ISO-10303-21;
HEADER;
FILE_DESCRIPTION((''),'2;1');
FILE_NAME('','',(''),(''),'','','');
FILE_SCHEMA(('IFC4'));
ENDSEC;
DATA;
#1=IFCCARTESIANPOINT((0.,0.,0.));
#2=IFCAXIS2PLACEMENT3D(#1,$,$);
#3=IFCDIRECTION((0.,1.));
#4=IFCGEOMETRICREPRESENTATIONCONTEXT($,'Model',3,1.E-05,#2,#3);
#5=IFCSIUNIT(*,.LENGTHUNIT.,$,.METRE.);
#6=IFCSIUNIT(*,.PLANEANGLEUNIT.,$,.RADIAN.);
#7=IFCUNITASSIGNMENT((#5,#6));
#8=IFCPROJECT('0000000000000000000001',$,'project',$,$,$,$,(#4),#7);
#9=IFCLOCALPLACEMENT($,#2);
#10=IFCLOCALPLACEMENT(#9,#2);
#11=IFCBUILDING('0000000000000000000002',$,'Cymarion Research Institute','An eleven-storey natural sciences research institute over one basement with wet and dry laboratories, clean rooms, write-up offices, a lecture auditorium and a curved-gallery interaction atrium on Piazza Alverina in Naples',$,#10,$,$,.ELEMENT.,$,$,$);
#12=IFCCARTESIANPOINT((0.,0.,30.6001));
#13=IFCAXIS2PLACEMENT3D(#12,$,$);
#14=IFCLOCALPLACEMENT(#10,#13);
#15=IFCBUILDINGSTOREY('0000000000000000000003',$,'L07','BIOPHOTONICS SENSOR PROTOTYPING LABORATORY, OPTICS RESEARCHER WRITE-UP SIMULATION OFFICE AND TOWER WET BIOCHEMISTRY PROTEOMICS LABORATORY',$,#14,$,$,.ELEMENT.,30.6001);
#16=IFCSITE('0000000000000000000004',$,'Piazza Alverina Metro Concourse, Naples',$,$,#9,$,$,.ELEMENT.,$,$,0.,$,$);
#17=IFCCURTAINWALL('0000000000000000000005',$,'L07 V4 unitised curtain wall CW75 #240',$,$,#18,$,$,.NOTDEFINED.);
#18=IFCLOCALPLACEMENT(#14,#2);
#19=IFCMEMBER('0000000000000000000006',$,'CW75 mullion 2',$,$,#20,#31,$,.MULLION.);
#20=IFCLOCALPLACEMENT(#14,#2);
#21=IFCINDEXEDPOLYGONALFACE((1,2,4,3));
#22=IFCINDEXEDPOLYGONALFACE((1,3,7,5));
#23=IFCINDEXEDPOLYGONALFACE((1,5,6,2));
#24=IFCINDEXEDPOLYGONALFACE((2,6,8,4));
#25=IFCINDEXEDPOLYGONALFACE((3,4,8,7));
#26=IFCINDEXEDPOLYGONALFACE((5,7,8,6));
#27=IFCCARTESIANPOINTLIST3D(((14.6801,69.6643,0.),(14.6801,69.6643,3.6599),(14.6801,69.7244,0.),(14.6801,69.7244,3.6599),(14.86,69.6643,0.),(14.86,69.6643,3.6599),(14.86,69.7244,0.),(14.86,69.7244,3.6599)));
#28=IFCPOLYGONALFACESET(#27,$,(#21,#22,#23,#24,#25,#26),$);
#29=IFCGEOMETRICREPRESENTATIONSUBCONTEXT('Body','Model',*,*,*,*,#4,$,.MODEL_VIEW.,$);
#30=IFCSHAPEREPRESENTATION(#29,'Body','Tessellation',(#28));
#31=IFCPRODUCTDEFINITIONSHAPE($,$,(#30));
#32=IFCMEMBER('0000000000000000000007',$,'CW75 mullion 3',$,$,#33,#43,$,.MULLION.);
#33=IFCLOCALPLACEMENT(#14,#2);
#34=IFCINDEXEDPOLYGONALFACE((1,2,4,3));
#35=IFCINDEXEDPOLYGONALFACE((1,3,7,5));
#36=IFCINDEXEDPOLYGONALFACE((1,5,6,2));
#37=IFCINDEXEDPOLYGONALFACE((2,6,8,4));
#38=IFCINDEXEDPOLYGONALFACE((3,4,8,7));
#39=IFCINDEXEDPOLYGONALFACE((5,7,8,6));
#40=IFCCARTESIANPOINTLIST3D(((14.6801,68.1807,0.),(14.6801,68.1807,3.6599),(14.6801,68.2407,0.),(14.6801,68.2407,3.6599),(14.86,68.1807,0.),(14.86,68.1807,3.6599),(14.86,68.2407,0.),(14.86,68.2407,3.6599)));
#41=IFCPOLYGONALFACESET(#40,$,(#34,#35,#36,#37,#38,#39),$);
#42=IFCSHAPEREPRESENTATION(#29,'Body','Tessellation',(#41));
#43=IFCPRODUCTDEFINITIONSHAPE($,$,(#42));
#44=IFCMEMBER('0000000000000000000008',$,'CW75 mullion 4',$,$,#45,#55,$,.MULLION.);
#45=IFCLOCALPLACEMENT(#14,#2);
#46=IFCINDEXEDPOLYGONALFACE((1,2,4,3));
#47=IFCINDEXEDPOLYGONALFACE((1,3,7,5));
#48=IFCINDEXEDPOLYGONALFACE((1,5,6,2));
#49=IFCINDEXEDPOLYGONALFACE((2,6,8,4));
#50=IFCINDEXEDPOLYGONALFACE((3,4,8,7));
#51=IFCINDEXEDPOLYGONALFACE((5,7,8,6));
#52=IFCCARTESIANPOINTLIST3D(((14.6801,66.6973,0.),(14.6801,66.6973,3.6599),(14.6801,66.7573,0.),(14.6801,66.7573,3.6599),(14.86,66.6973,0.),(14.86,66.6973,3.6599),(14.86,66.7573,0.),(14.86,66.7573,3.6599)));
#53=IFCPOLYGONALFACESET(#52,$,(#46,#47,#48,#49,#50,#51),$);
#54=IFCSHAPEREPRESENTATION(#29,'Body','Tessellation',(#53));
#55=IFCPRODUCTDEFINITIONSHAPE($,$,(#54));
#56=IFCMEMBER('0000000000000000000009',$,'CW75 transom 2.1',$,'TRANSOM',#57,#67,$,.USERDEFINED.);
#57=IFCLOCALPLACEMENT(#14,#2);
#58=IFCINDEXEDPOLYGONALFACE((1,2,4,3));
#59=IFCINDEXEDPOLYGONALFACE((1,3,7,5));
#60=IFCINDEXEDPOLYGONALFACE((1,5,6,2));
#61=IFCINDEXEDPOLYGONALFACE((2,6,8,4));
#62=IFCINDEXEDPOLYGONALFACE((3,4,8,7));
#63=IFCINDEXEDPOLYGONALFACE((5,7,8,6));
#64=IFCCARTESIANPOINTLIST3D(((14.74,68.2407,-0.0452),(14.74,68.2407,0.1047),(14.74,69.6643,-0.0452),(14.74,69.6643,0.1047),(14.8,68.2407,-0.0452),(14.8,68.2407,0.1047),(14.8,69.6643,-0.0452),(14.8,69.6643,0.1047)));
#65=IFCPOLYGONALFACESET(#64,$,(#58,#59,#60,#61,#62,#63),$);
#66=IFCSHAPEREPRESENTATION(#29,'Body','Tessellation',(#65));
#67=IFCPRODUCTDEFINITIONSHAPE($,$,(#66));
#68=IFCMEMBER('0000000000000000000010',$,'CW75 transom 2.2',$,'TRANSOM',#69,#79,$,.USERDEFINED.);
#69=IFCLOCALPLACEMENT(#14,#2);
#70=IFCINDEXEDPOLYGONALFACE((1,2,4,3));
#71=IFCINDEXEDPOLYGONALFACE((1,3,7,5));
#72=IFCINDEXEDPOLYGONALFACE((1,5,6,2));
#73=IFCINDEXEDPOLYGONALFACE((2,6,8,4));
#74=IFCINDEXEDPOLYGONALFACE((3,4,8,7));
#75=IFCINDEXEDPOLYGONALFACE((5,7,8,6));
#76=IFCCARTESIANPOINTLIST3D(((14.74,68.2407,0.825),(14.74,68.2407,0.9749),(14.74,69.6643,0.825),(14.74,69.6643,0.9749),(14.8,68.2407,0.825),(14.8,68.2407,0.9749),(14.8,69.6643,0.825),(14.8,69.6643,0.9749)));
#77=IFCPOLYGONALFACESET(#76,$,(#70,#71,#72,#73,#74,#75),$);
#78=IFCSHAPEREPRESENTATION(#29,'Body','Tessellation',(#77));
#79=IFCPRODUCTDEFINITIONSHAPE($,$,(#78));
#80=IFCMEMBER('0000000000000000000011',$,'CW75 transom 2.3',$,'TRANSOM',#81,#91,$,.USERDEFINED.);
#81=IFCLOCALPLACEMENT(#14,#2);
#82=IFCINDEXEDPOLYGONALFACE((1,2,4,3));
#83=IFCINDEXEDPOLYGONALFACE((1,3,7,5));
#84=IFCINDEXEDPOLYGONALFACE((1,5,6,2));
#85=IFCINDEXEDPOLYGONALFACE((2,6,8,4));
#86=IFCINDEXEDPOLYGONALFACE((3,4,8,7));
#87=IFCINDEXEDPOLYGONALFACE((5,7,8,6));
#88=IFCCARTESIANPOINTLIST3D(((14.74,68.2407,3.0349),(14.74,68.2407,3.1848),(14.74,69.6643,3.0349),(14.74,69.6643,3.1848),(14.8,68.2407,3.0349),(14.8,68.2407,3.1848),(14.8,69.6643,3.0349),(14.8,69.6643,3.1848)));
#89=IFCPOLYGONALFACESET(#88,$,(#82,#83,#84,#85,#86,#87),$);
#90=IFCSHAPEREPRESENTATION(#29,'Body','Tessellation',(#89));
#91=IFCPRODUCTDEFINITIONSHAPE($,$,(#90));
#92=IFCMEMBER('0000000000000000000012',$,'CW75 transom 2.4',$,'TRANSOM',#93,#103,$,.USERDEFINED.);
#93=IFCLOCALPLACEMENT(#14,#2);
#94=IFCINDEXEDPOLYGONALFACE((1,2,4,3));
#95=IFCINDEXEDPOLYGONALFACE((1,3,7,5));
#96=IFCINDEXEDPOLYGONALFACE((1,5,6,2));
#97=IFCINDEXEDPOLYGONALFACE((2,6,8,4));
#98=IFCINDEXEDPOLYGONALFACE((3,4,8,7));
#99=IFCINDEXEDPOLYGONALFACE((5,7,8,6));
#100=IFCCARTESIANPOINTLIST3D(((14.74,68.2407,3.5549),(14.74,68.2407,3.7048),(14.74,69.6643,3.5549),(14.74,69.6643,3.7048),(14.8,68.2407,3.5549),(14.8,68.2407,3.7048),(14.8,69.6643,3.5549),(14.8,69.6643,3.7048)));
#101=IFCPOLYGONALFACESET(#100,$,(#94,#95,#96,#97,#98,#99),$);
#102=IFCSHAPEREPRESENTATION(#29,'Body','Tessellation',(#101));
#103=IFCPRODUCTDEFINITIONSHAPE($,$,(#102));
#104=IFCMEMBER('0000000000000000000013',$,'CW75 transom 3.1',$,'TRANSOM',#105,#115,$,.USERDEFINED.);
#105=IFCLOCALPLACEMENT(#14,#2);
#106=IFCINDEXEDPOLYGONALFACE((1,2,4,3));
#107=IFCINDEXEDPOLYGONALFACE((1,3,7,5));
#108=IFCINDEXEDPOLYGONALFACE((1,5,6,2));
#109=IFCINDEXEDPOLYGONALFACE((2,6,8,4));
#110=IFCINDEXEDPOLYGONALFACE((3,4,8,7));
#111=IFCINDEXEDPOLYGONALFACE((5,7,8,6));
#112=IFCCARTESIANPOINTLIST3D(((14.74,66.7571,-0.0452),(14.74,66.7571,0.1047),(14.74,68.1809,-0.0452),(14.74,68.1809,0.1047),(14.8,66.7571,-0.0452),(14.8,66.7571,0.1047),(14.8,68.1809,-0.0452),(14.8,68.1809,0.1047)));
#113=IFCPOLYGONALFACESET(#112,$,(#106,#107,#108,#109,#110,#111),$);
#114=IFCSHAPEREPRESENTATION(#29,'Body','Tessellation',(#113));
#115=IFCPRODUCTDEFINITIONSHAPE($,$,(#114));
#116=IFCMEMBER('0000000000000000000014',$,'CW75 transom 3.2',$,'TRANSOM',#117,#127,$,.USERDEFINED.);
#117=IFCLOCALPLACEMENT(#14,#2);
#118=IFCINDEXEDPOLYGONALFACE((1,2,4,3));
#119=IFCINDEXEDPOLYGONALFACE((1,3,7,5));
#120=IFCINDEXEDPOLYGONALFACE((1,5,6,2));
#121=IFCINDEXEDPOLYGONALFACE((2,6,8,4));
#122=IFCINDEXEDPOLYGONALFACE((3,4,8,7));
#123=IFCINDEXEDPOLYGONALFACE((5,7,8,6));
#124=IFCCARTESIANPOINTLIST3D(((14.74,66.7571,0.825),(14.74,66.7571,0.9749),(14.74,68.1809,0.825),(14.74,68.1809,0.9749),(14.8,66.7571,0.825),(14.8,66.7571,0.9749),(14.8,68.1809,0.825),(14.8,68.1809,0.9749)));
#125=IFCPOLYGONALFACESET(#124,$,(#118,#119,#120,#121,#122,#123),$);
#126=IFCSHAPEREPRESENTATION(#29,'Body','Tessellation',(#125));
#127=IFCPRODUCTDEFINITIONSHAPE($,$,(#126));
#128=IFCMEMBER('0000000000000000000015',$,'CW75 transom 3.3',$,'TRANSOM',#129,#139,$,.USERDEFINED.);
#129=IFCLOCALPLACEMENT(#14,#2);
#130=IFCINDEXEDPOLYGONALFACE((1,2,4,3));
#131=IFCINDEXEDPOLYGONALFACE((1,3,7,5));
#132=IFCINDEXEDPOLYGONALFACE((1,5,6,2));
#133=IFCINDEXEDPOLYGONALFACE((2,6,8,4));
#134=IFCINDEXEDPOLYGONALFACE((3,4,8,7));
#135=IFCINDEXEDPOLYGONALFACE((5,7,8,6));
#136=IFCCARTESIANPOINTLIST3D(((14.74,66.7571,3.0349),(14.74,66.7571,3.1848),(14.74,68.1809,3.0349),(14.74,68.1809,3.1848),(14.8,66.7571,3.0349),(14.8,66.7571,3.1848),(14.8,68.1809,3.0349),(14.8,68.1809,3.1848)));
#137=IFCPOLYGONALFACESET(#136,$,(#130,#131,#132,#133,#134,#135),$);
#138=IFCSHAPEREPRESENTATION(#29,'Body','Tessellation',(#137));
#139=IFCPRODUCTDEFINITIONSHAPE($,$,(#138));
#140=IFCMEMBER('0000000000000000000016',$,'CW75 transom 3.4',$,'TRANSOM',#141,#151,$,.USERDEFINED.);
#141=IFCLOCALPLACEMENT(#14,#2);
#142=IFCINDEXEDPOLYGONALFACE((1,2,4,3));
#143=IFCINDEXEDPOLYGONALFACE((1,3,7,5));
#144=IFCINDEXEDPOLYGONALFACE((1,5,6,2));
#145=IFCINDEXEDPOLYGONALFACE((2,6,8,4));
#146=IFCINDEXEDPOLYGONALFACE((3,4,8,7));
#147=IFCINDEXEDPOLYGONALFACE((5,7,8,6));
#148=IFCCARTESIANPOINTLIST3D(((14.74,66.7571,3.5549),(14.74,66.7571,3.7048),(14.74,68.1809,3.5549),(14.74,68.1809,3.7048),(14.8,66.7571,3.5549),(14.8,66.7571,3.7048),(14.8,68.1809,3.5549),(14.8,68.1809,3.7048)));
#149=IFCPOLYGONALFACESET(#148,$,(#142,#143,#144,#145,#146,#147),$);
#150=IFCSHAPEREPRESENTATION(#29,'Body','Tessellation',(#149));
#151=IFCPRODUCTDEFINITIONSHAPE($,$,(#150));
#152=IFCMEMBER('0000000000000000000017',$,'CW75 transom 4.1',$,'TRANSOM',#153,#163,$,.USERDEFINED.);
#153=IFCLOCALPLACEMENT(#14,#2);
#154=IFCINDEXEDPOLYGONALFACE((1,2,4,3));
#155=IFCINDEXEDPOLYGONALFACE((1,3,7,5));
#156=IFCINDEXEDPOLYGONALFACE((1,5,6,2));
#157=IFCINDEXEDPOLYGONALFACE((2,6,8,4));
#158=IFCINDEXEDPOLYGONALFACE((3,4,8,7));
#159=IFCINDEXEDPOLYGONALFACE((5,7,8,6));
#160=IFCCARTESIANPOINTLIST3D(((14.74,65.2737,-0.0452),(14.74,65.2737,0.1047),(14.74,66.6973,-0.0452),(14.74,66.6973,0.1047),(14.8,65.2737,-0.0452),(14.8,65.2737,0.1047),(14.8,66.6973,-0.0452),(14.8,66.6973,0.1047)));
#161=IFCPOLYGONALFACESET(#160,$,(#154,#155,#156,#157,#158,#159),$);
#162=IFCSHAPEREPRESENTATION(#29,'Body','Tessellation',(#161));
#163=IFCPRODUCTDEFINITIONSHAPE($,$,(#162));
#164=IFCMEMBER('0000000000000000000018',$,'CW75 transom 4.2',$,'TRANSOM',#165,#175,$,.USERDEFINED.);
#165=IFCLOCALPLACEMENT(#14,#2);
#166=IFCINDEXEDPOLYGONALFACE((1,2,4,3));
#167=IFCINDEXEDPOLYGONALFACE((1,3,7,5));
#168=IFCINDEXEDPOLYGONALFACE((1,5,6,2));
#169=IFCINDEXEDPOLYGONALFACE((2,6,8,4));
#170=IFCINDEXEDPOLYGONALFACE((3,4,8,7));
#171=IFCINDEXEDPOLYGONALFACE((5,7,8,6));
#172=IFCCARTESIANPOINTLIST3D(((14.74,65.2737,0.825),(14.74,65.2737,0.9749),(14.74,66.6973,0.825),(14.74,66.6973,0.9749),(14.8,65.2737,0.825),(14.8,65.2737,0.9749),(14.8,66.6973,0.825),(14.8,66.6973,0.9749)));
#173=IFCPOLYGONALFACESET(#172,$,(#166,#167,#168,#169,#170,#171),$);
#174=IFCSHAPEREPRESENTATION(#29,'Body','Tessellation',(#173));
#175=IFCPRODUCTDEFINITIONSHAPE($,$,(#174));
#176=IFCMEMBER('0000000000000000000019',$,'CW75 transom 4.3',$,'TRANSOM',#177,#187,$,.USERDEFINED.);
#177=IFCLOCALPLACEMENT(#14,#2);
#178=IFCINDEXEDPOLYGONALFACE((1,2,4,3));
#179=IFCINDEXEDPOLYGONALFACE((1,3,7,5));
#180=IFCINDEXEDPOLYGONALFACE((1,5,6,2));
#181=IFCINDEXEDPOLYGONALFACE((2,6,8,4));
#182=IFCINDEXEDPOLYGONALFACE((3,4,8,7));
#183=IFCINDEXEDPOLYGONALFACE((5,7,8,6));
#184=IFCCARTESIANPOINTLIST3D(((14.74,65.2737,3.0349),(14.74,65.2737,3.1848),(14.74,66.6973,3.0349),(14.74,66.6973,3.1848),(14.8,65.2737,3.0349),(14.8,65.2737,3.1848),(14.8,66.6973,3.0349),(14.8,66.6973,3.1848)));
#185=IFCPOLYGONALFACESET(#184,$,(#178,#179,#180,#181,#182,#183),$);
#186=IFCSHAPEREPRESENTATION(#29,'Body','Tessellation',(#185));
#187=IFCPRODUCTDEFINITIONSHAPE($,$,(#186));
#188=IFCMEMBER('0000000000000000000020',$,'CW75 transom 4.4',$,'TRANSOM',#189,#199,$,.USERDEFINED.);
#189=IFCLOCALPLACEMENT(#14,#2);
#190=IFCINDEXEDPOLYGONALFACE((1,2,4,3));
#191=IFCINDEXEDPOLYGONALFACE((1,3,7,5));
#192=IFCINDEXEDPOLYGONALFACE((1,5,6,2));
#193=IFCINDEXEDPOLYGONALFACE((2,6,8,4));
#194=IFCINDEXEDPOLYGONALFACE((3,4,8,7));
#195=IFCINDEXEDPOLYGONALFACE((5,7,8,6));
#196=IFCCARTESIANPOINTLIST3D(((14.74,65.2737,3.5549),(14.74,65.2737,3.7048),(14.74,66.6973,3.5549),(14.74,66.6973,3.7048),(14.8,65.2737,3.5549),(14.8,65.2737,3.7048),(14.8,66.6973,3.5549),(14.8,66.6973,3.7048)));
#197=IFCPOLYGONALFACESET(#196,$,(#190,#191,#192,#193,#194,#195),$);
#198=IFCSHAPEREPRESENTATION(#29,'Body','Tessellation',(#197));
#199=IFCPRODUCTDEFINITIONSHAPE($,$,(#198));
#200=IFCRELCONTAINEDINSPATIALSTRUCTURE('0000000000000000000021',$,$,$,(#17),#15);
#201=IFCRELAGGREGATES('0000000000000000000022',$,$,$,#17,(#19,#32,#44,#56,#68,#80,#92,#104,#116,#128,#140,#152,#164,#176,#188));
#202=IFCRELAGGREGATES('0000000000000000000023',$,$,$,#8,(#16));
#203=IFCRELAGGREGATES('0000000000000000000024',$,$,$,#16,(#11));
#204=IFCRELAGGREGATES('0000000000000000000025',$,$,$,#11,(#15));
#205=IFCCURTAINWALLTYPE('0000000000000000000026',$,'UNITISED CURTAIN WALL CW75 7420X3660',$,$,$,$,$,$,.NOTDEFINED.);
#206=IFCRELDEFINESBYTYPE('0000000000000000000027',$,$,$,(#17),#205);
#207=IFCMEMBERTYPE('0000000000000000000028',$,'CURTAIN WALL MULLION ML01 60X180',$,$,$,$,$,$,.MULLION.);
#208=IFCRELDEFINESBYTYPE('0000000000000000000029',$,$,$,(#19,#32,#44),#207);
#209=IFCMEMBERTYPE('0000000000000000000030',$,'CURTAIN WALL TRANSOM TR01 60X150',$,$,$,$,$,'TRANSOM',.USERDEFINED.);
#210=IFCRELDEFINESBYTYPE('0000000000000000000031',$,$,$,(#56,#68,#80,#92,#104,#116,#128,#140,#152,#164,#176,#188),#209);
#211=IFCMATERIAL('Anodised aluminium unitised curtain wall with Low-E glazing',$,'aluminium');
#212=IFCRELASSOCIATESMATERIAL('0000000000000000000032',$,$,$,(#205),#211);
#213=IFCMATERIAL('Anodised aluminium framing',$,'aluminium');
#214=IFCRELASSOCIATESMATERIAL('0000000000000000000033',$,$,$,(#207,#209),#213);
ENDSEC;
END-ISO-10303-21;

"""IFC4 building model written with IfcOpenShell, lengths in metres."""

from ifc_helpers import new_model, si_unit, direction, frame, origin, origin_2d, place, context, subcontext, project, spatial, rectangle, extrude, material, material_profile, profile_set, type_object, element, aggregate, save


model = new_model("IFC4")

# Units and contexts
model_context = context("Model", 3, precision=1e-05, world=origin(), true_north=direction((0.0, 1.0)))
body_context = subcontext(model_context, "Body", "Model", "MODEL_VIEW")
ifc_project = project(units=[si_unit("LENGTHUNIT", "METRE"), si_unit("PLANEANGLEUNIT", "RADIAN")], contexts=[model_context])

# Site, building, storey
site_placement = place(None, origin())
site = spatial("IfcSite", under=ifc_project, at=site_placement, Name="Piazza Alverina Metro Concourse, Naples", CompositionType="ELEMENT", RefElevation=0.0)
building_placement = place(site_placement, origin())
building = spatial("IfcBuilding", under=site, at=building_placement, Name="Cymarion Research Institute", Description="An eleven-storey natural sciences research institute over one basement with wet and dry laboratories, clean rooms, write-up offices, a lecture auditorium and a curved-gallery interaction atrium on Piazza Alverina in Naples", CompositionType="ELEMENT")
storey_placement = place(building_placement, frame((0.0, 0.0, 30.6001)))
storey = spatial("IfcBuildingStorey", under=building, at=storey_placement, Name="L07", Description="BIOPHOTONICS SENSOR PROTOTYPING LABORATORY, OPTICS RESEARCHER WRITE-UP SIMULATION OFFICE AND TOWER WET BIOCHEMISTRY PROTEOMICS LABORATORY", CompositionType="ELEMENT", Elevation=30.6001)

# Curtain wall, members
ifc_material_1 = material(Name="Anodised aluminium unitised curtain wall with Low-E glazing", Category="aluminium")
curtain_wall_type = type_object("IfcCurtainWallType", Name="UNITISED CURTAIN WALL CW75 7420X3660", PredefinedType="NOTDEFINED", material=ifc_material_1)
curtain_wall_placement = place(storey_placement, origin())
curtain_wall = element("IfcCurtainWall", 1, at=curtain_wall_placement, inside=storey, type_object=curtain_wall_type, Name="L07 V4 unitised curtain wall CW75 #240", PredefinedType="NOTDEFINED")
ifc_material_2 = material(Name="Anodised aluminium framing", Category="aluminium")
ifc_material_profile_1 = material_profile(ifc_material_2, rectangle(XDim=0.0601, YDim=0.1799, at=origin_2d()), Name="ALU MULLION 60x180")
ifc_profile_set_1 = profile_set([ifc_material_profile_1], Name="Anodised aluminium framing")
member_type_1 = type_object("IfcMemberType", Name="CURTAIN WALL MULLION ML01 60X180", PredefinedType="MULLION", material=ifc_profile_set_1)
member_1_placement = place(storey_placement, frame((14.77, 69.6943, 0.0), z_axis=(0.0, 0.0, 1.0), x_axis=(0.0, -1.0, 0.0)))
member_1 = element("IfcMember", 2, at=member_1_placement, type_object=member_type_1, Name="CW75 mullion 2", PredefinedType="MULLION", context=body_context, shape_type="SweptSolid", body=[
    extrude(rectangle(XDim=0.0601, YDim=0.1799, at=origin_2d()), origin(), (0.0, 0.0, 1.0), 3.6599),
])
member_2_placement = place(storey_placement, frame((14.77, 68.2107, 0.0), z_axis=(0.0, 0.0, 1.0), x_axis=(0.0, -1.0, 0.0)))
member_2 = element("IfcMember", 3, at=member_2_placement, type_object=member_type_1, Name="CW75 mullion 3", PredefinedType="MULLION", context=body_context, shape_type="SweptSolid", body=[
    extrude(rectangle(XDim=0.0601, YDim=0.1799, at=origin_2d()), origin(), (0.0, 0.0, 1.0), 3.6599),
])
member_3_placement = place(storey_placement, frame((14.77, 66.7273, 0.0), z_axis=(0.0, 0.0, 1.0), x_axis=(0.0, -1.0, 0.0)))
member_3 = element("IfcMember", 4, at=member_3_placement, type_object=member_type_1, Name="CW75 mullion 4", PredefinedType="MULLION", context=body_context, shape_type="SweptSolid", body=[
    extrude(rectangle(XDim=0.0601, YDim=0.1799, at=origin_2d()), origin(), (0.0, 0.0, 1.0), 3.6599),
])
ifc_material_profile_2 = material_profile(ifc_material_2, rectangle(XDim=0.0601, YDim=0.1499, at=origin_2d()), Name="ALU TRANSOM 60x150")
ifc_profile_set_2 = profile_set([ifc_material_profile_2], Name="Anodised aluminium framing")
member_type_2 = type_object("IfcMemberType", Name="CURTAIN WALL TRANSOM TR01 60X150", ElementType="TRANSOM", PredefinedType="USERDEFINED", material=ifc_profile_set_2)
member_4_placement = place(storey_placement, frame((14.77, 69.6643, 0.0298), z_axis=(0.0, -1.0, 0.0), x_axis=(1.0, 0.0, 0.0)))
member_4 = element("IfcMember", 5, at=member_4_placement, type_object=member_type_2, Name="CW75 transom 2.1", ObjectType="TRANSOM", PredefinedType="USERDEFINED", context=body_context, shape_type="SweptSolid", body=[
    extrude(rectangle(XDim=0.0601, YDim=0.1499, at=origin_2d()), origin(), (0.0, 0.0, 1.0), 1.4236),
])
member_5_placement = place(storey_placement, frame((14.77, 69.6643, 0.8999), z_axis=(0.0, -1.0, 0.0), x_axis=(1.0, 0.0, 0.0)))
member_5 = element("IfcMember", 6, at=member_5_placement, type_object=member_type_2, Name="CW75 transom 2.2", ObjectType="TRANSOM", PredefinedType="USERDEFINED", context=body_context, shape_type="SweptSolid", body=[
    extrude(rectangle(XDim=0.0601, YDim=0.1499, at=origin_2d()), origin(), (0.0, 0.0, 1.0), 1.4236),
])
member_6_placement = place(storey_placement, frame((14.77, 69.6643, 3.1099), z_axis=(0.0, -1.0, 0.0), x_axis=(1.0, 0.0, 0.0)))
member_6 = element("IfcMember", 7, at=member_6_placement, type_object=member_type_2, Name="CW75 transom 2.3", ObjectType="TRANSOM", PredefinedType="USERDEFINED", context=body_context, shape_type="SweptSolid", body=[
    extrude(rectangle(XDim=0.0601, YDim=0.1499, at=origin_2d()), origin(), (0.0, 0.0, 1.0), 1.4236),
])
member_7_placement = place(storey_placement, frame((14.77, 69.6643, 3.6299), z_axis=(0.0, -1.0, 0.0), x_axis=(1.0, 0.0, 0.0)))
member_7 = element("IfcMember", 8, at=member_7_placement, type_object=member_type_2, Name="CW75 transom 2.4", ObjectType="TRANSOM", PredefinedType="USERDEFINED", context=body_context, shape_type="SweptSolid", body=[
    extrude(rectangle(XDim=0.0601, YDim=0.1499, at=origin_2d()), origin(), (0.0, 0.0, 1.0), 1.4236),
])
member_8_placement = place(storey_placement, frame((14.77, 68.1809, 0.0298), z_axis=(0.0, -1.0, 0.0), x_axis=(1.0, 0.0, 0.0)))
member_8 = element("IfcMember", 9, at=member_8_placement, type_object=member_type_2, Name="CW75 transom 3.1", ObjectType="TRANSOM", PredefinedType="USERDEFINED", context=body_context, shape_type="SweptSolid", body=[
    extrude(rectangle(XDim=0.0601, YDim=0.1499, at=origin_2d()), origin(), (0.0, 0.0, 1.0), 1.4238),
])
member_9_placement = place(storey_placement, frame((14.77, 68.1809, 0.8999), z_axis=(0.0, -1.0, 0.0), x_axis=(1.0, 0.0, 0.0)))
member_9 = element("IfcMember", 10, at=member_9_placement, type_object=member_type_2, Name="CW75 transom 3.2", ObjectType="TRANSOM", PredefinedType="USERDEFINED", context=body_context, shape_type="SweptSolid", body=[
    extrude(rectangle(XDim=0.0601, YDim=0.1499, at=origin_2d()), origin(), (0.0, 0.0, 1.0), 1.4238),
])
member_10_placement = place(storey_placement, frame((14.77, 68.1809, 3.1099), z_axis=(0.0, -1.0, 0.0), x_axis=(1.0, 0.0, 0.0)))
member_10 = element("IfcMember", 11, at=member_10_placement, type_object=member_type_2, Name="CW75 transom 3.3", ObjectType="TRANSOM", PredefinedType="USERDEFINED", context=body_context, shape_type="SweptSolid", body=[
    extrude(rectangle(XDim=0.0601, YDim=0.1499, at=origin_2d()), origin(), (0.0, 0.0, 1.0), 1.4238),
])
member_11_placement = place(storey_placement, frame((14.77, 68.1809, 3.6299), z_axis=(0.0, -1.0, 0.0), x_axis=(1.0, 0.0, 0.0)))
member_11 = element("IfcMember", 12, at=member_11_placement, type_object=member_type_2, Name="CW75 transom 3.4", ObjectType="TRANSOM", PredefinedType="USERDEFINED", context=body_context, shape_type="SweptSolid", body=[
    extrude(rectangle(XDim=0.0601, YDim=0.1499, at=origin_2d()), origin(), (0.0, 0.0, 1.0), 1.4238),
])
member_12_placement = place(storey_placement, frame((14.77, 66.6973, 0.0298), z_axis=(0.0, -1.0, 0.0), x_axis=(1.0, 0.0, 0.0)))
member_12 = element("IfcMember", 13, at=member_12_placement, type_object=member_type_2, Name="CW75 transom 4.1", ObjectType="TRANSOM", PredefinedType="USERDEFINED", context=body_context, shape_type="SweptSolid", body=[
    extrude(rectangle(XDim=0.0601, YDim=0.1499, at=origin_2d()), origin(), (0.0, 0.0, 1.0), 1.4236),
])
member_13_placement = place(storey_placement, frame((14.77, 66.6973, 0.8999), z_axis=(0.0, -1.0, 0.0), x_axis=(1.0, 0.0, 0.0)))
member_13 = element("IfcMember", 14, at=member_13_placement, type_object=member_type_2, Name="CW75 transom 4.2", ObjectType="TRANSOM", PredefinedType="USERDEFINED", context=body_context, shape_type="SweptSolid", body=[
    extrude(rectangle(XDim=0.0601, YDim=0.1499, at=origin_2d()), origin(), (0.0, 0.0, 1.0), 1.4236),
])
member_14_placement = place(storey_placement, frame((14.77, 66.6973, 3.1099), z_axis=(0.0, -1.0, 0.0), x_axis=(1.0, 0.0, 0.0)))
member_14 = element("IfcMember", 15, at=member_14_placement, type_object=member_type_2, Name="CW75 transom 4.3", ObjectType="TRANSOM", PredefinedType="USERDEFINED", context=body_context, shape_type="SweptSolid", body=[
    extrude(rectangle(XDim=0.0601, YDim=0.1499, at=origin_2d()), origin(), (0.0, 0.0, 1.0), 1.4236),
])
member_15_placement = place(storey_placement, frame((14.77, 66.6973, 3.6299), z_axis=(0.0, -1.0, 0.0), x_axis=(1.0, 0.0, 0.0)))
member_15 = element("IfcMember", 16, at=member_15_placement, type_object=member_type_2, Name="CW75 transom 4.4", ObjectType="TRANSOM", PredefinedType="USERDEFINED", context=body_context, shape_type="SweptSolid", body=[
    extrude(rectangle(XDim=0.0601, YDim=0.1499, at=origin_2d()), origin(), (0.0, 0.0, 1.0), 1.4236),
])
aggregate(curtain_wall, [member_1, member_2, member_3, member_4, member_5, member_6, member_7, member_8, member_9, member_10, member_11, member_12, member_13, member_14, member_15])

save(model, "model.ifc")
